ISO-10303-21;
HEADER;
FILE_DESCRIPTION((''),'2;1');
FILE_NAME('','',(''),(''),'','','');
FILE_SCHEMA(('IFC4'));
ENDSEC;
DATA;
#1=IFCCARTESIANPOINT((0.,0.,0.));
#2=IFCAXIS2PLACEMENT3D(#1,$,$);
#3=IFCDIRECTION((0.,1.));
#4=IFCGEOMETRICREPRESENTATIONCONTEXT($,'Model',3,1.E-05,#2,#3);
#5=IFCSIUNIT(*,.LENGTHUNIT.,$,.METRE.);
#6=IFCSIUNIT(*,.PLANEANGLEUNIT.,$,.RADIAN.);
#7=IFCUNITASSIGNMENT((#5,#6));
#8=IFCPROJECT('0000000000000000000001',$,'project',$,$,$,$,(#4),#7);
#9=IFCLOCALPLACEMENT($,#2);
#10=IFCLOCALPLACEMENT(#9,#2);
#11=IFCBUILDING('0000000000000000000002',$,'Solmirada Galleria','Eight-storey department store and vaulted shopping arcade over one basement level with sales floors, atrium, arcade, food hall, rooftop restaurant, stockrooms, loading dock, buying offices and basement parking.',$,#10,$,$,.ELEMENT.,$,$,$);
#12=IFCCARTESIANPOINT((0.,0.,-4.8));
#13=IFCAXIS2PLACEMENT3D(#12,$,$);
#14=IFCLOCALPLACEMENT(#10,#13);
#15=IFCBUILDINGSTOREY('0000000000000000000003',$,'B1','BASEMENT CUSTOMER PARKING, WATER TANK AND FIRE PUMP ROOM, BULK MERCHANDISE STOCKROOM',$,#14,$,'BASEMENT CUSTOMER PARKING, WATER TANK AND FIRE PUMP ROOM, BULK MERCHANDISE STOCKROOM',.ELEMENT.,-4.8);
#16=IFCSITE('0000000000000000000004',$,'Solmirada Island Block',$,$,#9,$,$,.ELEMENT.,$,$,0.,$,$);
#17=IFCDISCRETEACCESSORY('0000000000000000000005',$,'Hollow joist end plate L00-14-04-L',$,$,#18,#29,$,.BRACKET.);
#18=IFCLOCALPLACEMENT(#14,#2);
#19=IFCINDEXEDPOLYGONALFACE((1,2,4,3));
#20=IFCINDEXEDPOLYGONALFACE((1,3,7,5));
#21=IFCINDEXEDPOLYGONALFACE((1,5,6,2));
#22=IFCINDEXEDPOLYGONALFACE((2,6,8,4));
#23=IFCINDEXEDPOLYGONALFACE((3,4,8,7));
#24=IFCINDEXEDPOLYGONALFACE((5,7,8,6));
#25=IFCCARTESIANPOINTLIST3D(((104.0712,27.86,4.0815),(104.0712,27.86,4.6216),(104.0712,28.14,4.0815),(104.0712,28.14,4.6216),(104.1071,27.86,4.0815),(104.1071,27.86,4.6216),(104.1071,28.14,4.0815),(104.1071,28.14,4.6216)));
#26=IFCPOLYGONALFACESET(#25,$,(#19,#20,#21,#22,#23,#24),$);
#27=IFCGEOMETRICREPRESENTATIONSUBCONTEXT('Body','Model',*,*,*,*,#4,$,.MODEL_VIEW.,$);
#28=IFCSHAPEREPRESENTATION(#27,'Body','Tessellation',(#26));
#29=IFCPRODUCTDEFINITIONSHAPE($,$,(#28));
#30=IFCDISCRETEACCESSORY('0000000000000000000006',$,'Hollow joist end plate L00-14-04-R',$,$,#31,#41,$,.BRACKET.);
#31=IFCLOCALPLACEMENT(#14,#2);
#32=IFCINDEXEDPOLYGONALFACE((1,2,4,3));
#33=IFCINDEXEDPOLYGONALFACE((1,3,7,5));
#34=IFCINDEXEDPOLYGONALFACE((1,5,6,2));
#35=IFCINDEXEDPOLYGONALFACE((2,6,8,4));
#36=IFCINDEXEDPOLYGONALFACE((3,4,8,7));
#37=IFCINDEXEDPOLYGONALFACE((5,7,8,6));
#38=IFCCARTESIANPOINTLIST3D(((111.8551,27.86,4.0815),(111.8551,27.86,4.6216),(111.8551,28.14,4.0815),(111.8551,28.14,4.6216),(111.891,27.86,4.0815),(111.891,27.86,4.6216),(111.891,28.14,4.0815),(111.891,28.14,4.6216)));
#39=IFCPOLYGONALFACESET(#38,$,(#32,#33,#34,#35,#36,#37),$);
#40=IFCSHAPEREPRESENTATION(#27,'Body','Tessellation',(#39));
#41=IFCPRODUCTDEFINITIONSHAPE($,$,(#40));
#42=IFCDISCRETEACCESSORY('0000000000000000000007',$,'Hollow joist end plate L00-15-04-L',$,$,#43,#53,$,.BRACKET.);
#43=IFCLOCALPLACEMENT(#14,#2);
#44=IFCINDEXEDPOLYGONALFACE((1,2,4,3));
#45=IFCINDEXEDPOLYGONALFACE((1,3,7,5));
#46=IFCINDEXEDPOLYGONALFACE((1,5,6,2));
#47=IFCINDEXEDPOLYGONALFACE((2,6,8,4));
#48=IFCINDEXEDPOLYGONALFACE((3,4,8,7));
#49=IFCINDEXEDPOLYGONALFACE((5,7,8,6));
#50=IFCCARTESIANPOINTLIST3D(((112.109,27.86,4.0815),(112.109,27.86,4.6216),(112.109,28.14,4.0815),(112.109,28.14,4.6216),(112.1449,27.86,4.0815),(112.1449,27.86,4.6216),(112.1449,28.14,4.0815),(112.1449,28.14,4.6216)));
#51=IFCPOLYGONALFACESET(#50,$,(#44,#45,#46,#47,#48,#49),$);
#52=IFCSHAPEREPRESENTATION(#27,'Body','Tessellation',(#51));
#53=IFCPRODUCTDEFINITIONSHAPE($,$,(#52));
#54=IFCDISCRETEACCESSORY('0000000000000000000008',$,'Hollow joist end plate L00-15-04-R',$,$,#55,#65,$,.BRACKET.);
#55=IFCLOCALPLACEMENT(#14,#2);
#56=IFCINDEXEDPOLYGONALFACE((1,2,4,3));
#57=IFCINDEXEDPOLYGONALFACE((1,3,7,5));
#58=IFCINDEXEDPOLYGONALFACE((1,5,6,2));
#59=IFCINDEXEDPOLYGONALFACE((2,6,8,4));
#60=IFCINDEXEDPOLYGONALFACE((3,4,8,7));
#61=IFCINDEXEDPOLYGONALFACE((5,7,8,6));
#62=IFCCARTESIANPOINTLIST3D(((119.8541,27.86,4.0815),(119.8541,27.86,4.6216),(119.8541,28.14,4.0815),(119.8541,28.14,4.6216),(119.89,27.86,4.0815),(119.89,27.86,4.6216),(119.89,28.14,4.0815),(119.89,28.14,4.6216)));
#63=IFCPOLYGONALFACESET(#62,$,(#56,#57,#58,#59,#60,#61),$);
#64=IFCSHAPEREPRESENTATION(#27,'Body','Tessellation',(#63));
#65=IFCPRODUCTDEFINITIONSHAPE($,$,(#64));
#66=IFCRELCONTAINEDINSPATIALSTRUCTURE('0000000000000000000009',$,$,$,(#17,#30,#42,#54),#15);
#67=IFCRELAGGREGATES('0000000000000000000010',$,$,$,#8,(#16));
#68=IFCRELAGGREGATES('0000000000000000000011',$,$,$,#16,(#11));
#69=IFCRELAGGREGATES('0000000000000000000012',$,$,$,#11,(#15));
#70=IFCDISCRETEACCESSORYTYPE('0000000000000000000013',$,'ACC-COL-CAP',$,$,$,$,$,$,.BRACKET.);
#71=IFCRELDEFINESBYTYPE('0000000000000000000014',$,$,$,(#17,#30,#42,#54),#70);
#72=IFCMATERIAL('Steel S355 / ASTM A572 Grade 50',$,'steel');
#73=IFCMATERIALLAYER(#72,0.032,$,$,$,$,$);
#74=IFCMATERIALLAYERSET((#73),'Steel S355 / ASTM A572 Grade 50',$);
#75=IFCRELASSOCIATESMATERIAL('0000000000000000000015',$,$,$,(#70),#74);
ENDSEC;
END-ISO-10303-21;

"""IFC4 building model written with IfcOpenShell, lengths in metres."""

from ifc_helpers import new_model, si_unit, direction, frame, origin, origin_2d, place, context, subcontext, project, spatial, rectangle, extrude, material, layer, layer_set, type_object, element, save


model = new_model("IFC4")

# Units and contexts
model_context = context("Model", 3, precision=1e-05, world=origin(), true_north=direction((0.0, 1.0)))
body_context = subcontext(model_context, "Body", "Model", "MODEL_VIEW")
ifc_project = project(units=[si_unit("LENGTHUNIT", "METRE"), si_unit("PLANEANGLEUNIT", "RADIAN")], contexts=[model_context])

# Site, building, storey
site_placement = place(None, origin())
site = spatial("IfcSite", under=ifc_project, at=site_placement, Name="Solmirada Island Block", CompositionType="ELEMENT", RefElevation=0.0)
building_placement = place(site_placement, origin())
building = spatial("IfcBuilding", under=site, at=building_placement, Name="Solmirada Galleria", Description="Eight-storey department store and vaulted shopping arcade over one basement level with sales floors, atrium, arcade, food hall, rooftop restaurant, stockrooms, loading dock, buying offices and basement parking.", CompositionType="ELEMENT")
storey_placement = place(building_placement, frame((0.0, 0.0, -4.8)))
storey = spatial("IfcBuildingStorey", under=building, at=storey_placement, Name="B1", Description="BASEMENT CUSTOMER PARKING, WATER TANK AND FIRE PUMP ROOM, BULK MERCHANDISE STOCKROOM", LongName="BASEMENT CUSTOMER PARKING, WATER TANK AND FIRE PUMP ROOM, BULK MERCHANDISE STOCKROOM", CompositionType="ELEMENT", Elevation=-4.8)

# Discrete accessories
ifc_material_1 = material(Name="Steel S355 / ASTM A572 Grade 50", Category="steel")
ifc_layer = layer(ifc_material_1, 0.032)
ifc_layer_set = layer_set([ifc_layer], Name="Steel S355 / ASTM A572 Grade 50")
discrete_accessory_type_1 = type_object("IfcDiscreteAccessoryType", Name="ACC-COL-CAP", PredefinedType="BRACKET", material=ifc_layer_set)
for number, where, z_axis, x_axis, name in (
    (1, (104.0891, 28.0, 4.0815), (0.0, 0.0, 1.0), (1.0, 0.0, 0.0), "Hollow joist end plate L00-14-04-L"),
    (2, (111.873, 28.0, 4.0815), (0.0, 0.0, 1.0), (1.0, 0.0, 0.0), "Hollow joist end plate L00-14-04-R"),
    (3, (112.127, 28.0, 4.0815), (0.0, 0.0, 1.0), (1.0, 0.0, 0.0), "Hollow joist end plate L00-15-04-L"),
    (4, (119.8721, 28.0, 4.0815), (0.0, 0.0, 1.0), (1.0, 0.0, 0.0), "Hollow joist end plate L00-15-04-R"),
):
    element("IfcDiscreteAccessory", number, at=place(storey_placement, frame(where, z_axis=z_axis, x_axis=x_axis)), inside=storey, type_object=discrete_accessory_type_1, Name=name, PredefinedType="BRACKET", context=body_context, shape_type="SweptSolid", body=[
        extrude(rectangle(XDim=0.0359, YDim=0.28, at=origin_2d()), origin(), (0.0, 0.0, 1.0), 0.54),
    ])

save(model, "model.ifc")
